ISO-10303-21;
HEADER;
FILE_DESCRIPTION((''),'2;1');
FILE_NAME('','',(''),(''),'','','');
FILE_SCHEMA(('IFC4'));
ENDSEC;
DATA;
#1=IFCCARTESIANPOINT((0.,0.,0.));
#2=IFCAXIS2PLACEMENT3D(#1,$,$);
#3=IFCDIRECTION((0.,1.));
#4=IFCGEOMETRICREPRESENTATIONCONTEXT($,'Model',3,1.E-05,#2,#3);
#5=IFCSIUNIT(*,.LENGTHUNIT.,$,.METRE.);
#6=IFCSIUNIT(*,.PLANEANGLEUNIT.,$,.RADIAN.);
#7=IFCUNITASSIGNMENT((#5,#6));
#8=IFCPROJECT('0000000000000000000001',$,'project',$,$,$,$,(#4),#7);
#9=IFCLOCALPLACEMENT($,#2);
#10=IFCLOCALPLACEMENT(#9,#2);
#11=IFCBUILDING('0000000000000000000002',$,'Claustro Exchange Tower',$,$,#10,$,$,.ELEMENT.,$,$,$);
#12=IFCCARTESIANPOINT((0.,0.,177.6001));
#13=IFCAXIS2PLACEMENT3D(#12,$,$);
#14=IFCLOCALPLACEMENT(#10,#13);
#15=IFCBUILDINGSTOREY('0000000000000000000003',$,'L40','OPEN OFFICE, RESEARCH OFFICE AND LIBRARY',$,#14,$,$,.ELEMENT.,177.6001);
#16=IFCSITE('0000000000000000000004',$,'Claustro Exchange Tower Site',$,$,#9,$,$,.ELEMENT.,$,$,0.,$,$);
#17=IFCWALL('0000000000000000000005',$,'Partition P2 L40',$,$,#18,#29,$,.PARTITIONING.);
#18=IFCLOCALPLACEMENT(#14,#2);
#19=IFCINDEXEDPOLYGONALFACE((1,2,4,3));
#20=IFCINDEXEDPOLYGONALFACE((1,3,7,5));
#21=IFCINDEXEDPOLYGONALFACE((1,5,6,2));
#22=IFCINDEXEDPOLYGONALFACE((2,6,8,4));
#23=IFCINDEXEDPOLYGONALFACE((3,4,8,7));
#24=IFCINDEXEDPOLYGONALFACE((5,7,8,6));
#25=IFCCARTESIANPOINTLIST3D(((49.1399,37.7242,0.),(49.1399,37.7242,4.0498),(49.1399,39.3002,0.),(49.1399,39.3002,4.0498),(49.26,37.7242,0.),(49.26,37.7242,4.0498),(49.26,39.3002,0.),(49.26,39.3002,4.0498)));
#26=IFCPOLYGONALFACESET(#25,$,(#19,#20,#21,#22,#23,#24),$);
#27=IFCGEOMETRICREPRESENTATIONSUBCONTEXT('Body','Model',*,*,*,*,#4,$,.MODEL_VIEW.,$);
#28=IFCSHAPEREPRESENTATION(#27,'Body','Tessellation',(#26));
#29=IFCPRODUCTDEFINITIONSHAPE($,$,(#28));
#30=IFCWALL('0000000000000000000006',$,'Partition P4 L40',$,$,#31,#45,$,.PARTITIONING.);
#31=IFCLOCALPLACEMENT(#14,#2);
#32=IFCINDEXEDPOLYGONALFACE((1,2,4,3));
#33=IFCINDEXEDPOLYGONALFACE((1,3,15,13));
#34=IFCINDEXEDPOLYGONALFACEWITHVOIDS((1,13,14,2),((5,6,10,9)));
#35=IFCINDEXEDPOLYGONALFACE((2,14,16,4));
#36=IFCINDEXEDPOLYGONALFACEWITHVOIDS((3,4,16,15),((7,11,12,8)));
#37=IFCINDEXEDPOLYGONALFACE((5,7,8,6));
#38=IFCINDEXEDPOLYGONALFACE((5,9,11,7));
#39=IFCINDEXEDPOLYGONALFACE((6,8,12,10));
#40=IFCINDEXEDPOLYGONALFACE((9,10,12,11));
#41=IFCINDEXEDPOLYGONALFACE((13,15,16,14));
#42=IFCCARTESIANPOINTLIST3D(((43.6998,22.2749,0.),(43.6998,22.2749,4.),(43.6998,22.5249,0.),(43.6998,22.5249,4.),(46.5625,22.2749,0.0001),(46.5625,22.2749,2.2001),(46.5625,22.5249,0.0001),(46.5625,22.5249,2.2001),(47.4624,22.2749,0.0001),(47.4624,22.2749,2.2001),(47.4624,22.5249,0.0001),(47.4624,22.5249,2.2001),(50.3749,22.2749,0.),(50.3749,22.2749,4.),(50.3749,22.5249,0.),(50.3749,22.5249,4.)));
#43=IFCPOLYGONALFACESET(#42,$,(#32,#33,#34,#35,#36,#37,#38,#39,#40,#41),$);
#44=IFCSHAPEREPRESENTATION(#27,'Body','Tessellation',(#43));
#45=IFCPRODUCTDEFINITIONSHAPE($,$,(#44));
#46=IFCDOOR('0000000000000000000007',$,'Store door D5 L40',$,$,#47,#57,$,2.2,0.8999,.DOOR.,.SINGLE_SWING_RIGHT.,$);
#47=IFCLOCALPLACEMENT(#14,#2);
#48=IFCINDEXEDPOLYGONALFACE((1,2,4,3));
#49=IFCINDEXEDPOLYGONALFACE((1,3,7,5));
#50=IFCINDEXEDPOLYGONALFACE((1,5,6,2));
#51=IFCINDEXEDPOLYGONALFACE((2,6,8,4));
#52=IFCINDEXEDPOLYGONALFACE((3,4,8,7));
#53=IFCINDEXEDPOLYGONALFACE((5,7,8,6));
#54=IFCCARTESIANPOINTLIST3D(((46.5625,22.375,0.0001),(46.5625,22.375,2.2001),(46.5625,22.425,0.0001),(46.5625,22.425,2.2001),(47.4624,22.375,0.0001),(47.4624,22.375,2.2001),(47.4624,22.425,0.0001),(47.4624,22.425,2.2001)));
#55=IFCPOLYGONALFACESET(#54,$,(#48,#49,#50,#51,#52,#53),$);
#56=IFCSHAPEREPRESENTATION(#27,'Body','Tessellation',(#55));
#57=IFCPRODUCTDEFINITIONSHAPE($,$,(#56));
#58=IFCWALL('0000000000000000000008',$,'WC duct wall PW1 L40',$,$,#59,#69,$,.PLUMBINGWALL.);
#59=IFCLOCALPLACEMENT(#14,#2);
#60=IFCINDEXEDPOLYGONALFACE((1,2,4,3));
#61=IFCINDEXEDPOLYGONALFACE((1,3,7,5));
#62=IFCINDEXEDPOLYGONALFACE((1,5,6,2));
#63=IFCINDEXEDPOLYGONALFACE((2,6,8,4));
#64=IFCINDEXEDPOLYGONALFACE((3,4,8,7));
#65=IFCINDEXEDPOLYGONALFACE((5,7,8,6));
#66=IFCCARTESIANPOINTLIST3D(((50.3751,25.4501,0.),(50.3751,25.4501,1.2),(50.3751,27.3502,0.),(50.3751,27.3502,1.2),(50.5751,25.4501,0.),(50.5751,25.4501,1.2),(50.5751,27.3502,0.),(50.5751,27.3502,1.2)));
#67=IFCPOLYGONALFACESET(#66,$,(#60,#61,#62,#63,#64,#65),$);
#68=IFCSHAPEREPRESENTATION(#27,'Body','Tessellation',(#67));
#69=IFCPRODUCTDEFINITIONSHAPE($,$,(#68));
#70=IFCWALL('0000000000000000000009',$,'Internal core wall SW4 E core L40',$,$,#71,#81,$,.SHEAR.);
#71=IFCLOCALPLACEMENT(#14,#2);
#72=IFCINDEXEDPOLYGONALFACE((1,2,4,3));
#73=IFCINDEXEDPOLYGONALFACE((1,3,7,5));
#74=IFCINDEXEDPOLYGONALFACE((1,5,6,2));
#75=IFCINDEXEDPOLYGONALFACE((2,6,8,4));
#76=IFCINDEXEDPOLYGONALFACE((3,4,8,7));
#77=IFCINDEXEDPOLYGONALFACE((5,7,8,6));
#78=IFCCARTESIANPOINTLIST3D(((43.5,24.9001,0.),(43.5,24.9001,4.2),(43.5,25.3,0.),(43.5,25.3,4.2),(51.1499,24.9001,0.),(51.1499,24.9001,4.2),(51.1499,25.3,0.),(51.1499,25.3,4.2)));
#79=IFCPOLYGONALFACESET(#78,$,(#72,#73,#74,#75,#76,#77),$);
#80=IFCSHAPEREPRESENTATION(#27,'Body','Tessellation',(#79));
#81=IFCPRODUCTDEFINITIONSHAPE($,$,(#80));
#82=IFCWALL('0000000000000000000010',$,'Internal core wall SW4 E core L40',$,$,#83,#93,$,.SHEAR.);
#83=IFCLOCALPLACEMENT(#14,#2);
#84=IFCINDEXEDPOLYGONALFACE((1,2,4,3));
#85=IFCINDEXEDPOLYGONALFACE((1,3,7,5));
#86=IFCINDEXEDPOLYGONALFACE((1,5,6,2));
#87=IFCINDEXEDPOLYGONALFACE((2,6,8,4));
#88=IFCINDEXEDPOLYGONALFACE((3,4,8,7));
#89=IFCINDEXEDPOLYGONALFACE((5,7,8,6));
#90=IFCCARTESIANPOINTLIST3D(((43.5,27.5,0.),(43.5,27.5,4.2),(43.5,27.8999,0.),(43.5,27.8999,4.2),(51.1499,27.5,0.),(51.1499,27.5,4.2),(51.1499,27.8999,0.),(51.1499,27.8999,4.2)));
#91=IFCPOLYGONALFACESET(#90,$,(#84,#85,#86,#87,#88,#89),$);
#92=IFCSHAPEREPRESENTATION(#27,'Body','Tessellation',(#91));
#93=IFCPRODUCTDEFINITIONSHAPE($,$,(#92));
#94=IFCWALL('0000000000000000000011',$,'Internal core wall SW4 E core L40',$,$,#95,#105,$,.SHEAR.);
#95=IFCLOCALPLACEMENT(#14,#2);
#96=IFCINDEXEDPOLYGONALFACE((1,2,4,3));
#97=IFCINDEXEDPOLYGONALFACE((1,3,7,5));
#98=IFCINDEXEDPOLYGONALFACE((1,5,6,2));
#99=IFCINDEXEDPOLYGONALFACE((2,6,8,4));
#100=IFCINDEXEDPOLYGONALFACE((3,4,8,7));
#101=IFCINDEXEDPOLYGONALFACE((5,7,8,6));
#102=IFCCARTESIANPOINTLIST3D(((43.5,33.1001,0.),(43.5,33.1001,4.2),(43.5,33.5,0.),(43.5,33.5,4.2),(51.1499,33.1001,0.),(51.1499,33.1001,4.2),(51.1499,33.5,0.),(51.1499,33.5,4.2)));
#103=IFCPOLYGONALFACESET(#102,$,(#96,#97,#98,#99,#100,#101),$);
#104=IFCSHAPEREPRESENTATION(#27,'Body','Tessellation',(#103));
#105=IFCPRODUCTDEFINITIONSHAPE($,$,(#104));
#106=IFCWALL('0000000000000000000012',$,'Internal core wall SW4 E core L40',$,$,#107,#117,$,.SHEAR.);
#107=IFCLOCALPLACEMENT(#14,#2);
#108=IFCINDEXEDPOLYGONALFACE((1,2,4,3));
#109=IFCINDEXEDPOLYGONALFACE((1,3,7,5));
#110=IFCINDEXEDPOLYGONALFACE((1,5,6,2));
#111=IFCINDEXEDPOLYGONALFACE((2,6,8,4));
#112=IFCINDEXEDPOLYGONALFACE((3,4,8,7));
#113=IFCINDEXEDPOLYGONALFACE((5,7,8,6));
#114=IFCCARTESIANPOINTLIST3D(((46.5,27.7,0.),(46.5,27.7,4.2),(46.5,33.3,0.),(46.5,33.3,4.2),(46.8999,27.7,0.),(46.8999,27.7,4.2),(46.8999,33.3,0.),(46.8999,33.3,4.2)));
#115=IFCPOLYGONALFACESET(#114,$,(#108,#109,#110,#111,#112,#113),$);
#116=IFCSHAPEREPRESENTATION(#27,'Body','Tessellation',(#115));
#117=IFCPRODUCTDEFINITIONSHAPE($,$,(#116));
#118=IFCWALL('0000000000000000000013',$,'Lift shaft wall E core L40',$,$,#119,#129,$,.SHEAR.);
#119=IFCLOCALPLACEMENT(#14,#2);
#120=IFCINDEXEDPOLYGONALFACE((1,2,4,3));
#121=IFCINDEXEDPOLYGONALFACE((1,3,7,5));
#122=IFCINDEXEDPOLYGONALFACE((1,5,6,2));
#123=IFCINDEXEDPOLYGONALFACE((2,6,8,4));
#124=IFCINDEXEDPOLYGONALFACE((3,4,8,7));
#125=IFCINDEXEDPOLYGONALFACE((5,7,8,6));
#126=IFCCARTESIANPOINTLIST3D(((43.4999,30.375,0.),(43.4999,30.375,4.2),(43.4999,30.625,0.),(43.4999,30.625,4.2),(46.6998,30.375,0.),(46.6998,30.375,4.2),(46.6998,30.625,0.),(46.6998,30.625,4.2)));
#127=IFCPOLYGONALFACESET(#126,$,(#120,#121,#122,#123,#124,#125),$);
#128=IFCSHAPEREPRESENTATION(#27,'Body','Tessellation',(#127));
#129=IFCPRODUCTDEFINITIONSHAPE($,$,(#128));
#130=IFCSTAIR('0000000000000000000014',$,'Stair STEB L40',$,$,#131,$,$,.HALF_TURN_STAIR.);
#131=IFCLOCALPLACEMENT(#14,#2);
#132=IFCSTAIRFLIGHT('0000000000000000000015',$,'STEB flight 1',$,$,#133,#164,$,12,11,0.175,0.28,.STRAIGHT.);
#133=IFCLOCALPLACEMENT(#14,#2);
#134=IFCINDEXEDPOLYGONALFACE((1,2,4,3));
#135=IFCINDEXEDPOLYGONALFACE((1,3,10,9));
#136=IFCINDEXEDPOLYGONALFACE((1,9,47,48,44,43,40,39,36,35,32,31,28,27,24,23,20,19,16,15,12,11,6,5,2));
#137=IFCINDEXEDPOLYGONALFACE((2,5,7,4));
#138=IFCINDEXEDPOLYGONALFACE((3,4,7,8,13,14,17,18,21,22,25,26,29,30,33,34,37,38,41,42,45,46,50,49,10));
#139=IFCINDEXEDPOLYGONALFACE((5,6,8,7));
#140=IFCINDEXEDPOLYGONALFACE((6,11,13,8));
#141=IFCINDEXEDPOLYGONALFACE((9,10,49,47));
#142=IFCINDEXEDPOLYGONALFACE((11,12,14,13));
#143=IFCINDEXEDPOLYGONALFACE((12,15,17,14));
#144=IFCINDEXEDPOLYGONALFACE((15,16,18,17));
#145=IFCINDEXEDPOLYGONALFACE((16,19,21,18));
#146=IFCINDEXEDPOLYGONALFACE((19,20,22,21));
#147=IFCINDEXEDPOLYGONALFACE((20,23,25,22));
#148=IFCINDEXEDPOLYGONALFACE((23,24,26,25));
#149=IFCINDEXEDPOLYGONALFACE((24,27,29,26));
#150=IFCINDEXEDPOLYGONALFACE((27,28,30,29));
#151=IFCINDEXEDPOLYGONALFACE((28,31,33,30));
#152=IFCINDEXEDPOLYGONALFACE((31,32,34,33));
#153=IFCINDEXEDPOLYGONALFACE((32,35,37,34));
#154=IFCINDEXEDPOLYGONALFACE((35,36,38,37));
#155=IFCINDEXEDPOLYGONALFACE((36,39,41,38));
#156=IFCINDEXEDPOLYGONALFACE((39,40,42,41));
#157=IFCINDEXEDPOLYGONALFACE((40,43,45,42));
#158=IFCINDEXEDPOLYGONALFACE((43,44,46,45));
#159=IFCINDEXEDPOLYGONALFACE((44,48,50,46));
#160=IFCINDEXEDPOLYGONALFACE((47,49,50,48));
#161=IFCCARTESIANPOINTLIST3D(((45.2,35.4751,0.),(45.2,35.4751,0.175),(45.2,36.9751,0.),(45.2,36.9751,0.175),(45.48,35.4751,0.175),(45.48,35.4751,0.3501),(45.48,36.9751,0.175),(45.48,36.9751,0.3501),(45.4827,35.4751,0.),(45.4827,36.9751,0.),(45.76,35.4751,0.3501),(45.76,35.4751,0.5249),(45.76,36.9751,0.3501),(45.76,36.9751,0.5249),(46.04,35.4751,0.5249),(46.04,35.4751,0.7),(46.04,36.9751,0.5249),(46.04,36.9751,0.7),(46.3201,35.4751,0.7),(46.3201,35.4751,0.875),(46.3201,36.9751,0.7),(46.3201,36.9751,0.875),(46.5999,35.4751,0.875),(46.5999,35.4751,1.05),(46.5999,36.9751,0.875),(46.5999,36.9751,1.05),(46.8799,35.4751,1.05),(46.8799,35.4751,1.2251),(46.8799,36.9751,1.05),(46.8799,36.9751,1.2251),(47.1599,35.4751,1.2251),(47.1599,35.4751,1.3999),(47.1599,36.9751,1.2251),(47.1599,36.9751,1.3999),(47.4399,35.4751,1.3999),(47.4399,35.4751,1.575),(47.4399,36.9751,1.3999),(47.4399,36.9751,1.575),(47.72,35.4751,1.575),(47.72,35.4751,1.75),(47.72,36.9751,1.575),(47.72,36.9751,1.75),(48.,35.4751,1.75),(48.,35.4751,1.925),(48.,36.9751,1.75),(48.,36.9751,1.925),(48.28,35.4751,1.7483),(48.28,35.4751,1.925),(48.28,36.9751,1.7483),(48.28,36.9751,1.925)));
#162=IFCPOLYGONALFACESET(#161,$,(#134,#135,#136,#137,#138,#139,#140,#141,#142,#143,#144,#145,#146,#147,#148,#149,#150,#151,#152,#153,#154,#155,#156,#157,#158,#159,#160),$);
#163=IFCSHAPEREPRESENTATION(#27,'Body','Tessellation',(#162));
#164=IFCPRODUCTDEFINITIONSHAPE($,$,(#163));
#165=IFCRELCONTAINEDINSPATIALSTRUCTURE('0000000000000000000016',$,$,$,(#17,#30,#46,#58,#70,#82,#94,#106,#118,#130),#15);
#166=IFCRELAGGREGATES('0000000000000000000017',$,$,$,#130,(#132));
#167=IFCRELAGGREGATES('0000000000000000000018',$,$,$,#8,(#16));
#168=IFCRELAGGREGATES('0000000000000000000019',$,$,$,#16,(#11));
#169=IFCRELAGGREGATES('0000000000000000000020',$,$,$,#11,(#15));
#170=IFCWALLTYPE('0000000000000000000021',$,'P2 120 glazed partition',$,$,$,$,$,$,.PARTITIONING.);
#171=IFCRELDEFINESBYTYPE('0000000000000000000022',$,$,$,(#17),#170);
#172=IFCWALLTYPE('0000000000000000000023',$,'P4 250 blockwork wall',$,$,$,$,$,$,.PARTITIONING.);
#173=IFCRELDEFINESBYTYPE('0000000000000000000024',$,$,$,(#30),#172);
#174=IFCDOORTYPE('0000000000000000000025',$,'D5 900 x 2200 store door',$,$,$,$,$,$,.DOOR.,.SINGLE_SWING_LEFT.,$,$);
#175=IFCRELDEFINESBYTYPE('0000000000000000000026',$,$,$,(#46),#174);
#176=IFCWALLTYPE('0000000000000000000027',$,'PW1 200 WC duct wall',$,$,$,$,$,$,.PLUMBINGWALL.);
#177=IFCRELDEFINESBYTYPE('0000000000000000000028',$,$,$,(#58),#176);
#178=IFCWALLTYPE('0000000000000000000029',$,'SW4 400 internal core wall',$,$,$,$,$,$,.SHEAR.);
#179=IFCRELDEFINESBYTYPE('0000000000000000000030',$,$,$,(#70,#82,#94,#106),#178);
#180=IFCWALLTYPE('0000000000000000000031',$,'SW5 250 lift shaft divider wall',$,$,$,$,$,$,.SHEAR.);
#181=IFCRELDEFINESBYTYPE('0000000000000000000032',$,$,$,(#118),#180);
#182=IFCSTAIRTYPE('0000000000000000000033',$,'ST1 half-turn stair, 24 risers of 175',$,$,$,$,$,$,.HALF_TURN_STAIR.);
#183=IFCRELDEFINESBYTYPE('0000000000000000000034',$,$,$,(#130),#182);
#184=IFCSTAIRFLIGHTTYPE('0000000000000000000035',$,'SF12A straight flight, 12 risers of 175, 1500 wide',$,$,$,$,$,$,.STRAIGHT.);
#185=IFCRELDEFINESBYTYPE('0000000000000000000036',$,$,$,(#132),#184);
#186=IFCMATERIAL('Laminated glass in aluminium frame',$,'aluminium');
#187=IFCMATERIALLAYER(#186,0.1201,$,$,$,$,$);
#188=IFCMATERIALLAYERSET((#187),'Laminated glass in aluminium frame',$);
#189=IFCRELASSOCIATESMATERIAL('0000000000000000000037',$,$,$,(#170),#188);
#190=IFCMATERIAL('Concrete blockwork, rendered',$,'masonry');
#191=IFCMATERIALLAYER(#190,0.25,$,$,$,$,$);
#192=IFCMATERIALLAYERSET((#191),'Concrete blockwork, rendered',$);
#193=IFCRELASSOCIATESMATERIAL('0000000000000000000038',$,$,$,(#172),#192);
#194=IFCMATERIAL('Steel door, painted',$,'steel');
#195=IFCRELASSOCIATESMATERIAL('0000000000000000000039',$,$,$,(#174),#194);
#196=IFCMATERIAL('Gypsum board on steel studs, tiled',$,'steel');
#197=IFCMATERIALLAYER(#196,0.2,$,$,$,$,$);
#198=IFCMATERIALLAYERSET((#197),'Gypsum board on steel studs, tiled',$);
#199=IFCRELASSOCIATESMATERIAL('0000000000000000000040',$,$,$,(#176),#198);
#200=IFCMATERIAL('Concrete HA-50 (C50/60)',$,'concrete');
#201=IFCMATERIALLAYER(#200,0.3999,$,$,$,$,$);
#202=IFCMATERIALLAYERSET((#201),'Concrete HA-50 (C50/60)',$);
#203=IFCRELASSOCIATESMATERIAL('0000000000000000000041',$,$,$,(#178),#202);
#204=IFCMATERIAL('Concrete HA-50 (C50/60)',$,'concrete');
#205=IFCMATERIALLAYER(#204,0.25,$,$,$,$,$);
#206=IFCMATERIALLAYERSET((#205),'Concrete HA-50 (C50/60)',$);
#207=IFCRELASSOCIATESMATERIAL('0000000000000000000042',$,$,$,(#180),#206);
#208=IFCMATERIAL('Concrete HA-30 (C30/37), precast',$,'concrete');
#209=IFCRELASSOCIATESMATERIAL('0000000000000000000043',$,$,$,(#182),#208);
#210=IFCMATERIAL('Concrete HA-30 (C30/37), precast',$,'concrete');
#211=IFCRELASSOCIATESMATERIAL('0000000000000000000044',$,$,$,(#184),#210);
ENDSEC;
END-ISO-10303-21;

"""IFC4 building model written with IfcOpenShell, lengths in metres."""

from ifc_helpers import new_model, si_unit, direction, frame, frame_2d, origin, place, context, subcontext, project, spatial, polyline, rectangle, outline, extrude, material, layer, layer_set, type_object, element, fill, aggregate, save


model = new_model("IFC4")

# Units and contexts
model_context = context("Model", 3, precision=1e-05, world=origin(), true_north=direction((0.0, 1.0)))
body_context = subcontext(model_context, "Body", "Model", "MODEL_VIEW")
ifc_project = project(units=[si_unit("LENGTHUNIT", "METRE"), si_unit("PLANEANGLEUNIT", "RADIAN")], contexts=[model_context])

# Site, building, storey
site_placement = place(None, origin())
site = spatial("IfcSite", under=ifc_project, at=site_placement, Name="Claustro Exchange Tower Site", CompositionType="ELEMENT", RefElevation=0.0)
building_placement = place(site_placement, origin())
building = spatial("IfcBuilding", under=site, at=building_placement, Name="Claustro Exchange Tower", CompositionType="ELEMENT")
storey_placement = place(building_placement, frame((0.0, 0.0, 177.6001)))
storey = spatial("IfcBuildingStorey", under=building, at=storey_placement, Name="L40", Description="OPEN OFFICE, RESEARCH OFFICE AND LIBRARY", CompositionType="ELEMENT", Elevation=177.6001)

# Shared definitions
ifc_material_1 = material(Name="Laminated glass in aluminium frame", Category="aluminium")
ifc_layer_1 = layer(ifc_material_1, 0.1201)
ifc_layer_set_1 = layer_set([ifc_layer_1], Name="Laminated glass in aluminium frame")
wall_type_1 = type_object("IfcWallType", Name="P2 120 glazed partition", PredefinedType="PARTITIONING", material=ifc_layer_set_1)

# Wall
wall_1_placement = place(storey_placement, frame((49.2, 37.7241, 0.0), z_axis=(0.0, 0.0, 1.0), x_axis=(0.0, 1.0, 0.0)))
element("IfcWall", 1, at=wall_1_placement, inside=storey, type_object=wall_type_1, Name="Partition P2 L40", PredefinedType="PARTITIONING", context=body_context, shape_type="SweptSolid", body=[
    extrude(rectangle(XDim=1.5759, YDim=0.1201, at=frame_2d((0.7881, 0.0))), origin(), (0.0, 0.0, 1.0), 4.0498),
])

# Wall, opening, door
ifc_material_2 = material(Name="Concrete blockwork, rendered", Category="masonry")
ifc_layer_2 = layer(ifc_material_2, 0.25)
ifc_layer_set_2 = layer_set([ifc_layer_2], Name="Concrete blockwork, rendered")
wall_type_2 = type_object("IfcWallType", Name="P4 250 blockwork wall", PredefinedType="PARTITIONING", material=ifc_layer_set_2)
wall_2_placement = place(storey_placement, frame((43.7, 22.3999, 0.0), z_axis=(0.0, 0.0, 1.0), x_axis=(1.0, 0.0, 0.0)))
wall_2 = element("IfcWall", 2, at=wall_2_placement, inside=storey, type_object=wall_type_2, Name="Partition P4 L40", PredefinedType="PARTITIONING", context=body_context, shape_type="SweptSolid", body=[
    extrude(rectangle(XDim=6.675, YDim=0.25, at=frame_2d((3.3374, 0.0))), origin(), (0.0, 0.0, 1.0), 4.0),
])
opening_1_placement = place(wall_2_placement, frame((2.8625, 0.0, 0.0)))
opening_1 = element("IfcOpeningElement", 3, at=opening_1_placement, cuts=wall_2, PredefinedType="OPENING", context=body_context, shape_type="SweptSolid", body=[
    extrude(rectangle(XDim=0.8999, YDim=2.2, at=frame_2d((0.45, 1.1001))), frame((0.0, 0.135, 0.0), z_axis=(0.0, -1.0, 0.0), x_axis=(1.0, 0.0, 0.0)), (0.0, 0.0, 1.0), 0.27),
])
ifc_material_3 = material(Name="Steel door, painted", Category="steel")
door_type_1 = type_object("IfcDoorType", Name="D5 900 x 2200 store door", OperationType="SINGLE_SWING_LEFT", PredefinedType="DOOR", material=ifc_material_3)
door_1_placement = place(opening_1_placement, frame((0.8999, 0.0, 0.0), z_axis=(0.0, 0.0, 1.0), x_axis=(-1.0, 0.0, 0.0)))
door_1 = element("IfcDoor", 4, at=door_1_placement, inside=storey, type_object=door_type_1, Name="Store door D5 L40", OperationType="SINGLE_SWING_RIGHT", OverallHeight=2.2, OverallWidth=0.8999, PredefinedType="DOOR", context=body_context, shape_type="SweptSolid", body=[
    extrude(rectangle(XDim=0.8999, YDim=2.2, at=frame_2d((0.45, 1.1001))), frame((0.0, 0.0249, 0.0), z_axis=(0.0, -1.0, 0.0), x_axis=(1.0, 0.0, 0.0)), (0.0, 0.0, 1.0), 0.05),
])
fill(opening_1, door_1)

# Walls
ifc_material_4 = material(Name="Gypsum board on steel studs, tiled", Category="steel")
ifc_layer_3 = layer(ifc_material_4, 0.2)
ifc_layer_set_3 = layer_set([ifc_layer_3], Name="Gypsum board on steel studs, tiled")
wall_type_3 = type_object("IfcWallType", Name="PW1 200 WC duct wall", PredefinedType="PLUMBINGWALL", material=ifc_layer_set_3)
wall_3_placement = place(storey_placement, frame((50.4751, 25.45, 0.0), z_axis=(0.0, 0.0, 1.0), x_axis=(0.0, 1.0, 0.0)))
element("IfcWall", 5, at=wall_3_placement, inside=storey, type_object=wall_type_3, Name="WC duct wall PW1 L40", PredefinedType="PLUMBINGWALL", context=body_context, shape_type="SweptSolid", body=[
    extrude(rectangle(XDim=1.9001, YDim=0.2, at=frame_2d((0.9502, 0.0))), origin(), (0.0, 0.0, 1.0), 1.2),
])
ifc_material_5 = material(Name="Concrete HA-50 (C50/60)", Category="concrete")
ifc_layer_4 = layer(ifc_material_5, 0.3999)
ifc_layer_set_4 = layer_set([ifc_layer_4], Name="Concrete HA-50 (C50/60)")
wall_type_4 = type_object("IfcWallType", Name="SW4 400 internal core wall", PredefinedType="SHEAR", material=ifc_layer_set_4)
for number, where, z_axis, x_axis, name in (
    (6, (51.1499, 25.1001, 0.0), (0.0, 0.0, 1.0), (-1.0, 0.0, 0.0), "Internal core wall SW4 E core L40"),
    (7, (51.1499, 27.7, 0.0), (0.0, 0.0, 1.0), (-1.0, 0.0, 0.0), "Internal core wall SW4 E core L40"),
    (8, (51.1499, 33.3, 0.0), (0.0, 0.0, 1.0), (-1.0, 0.0, 0.0), "Internal core wall SW4 E core L40"),
):
    element("IfcWall", number, at=place(storey_placement, frame(where, z_axis=z_axis, x_axis=x_axis)), inside=storey, type_object=wall_type_4, Name=name, PredefinedType="SHEAR", context=body_context, shape_type="SweptSolid", body=[
        extrude(rectangle(XDim=7.6499, YDim=0.3999, at=frame_2d((3.825, 0.0))), origin(), (0.0, 0.0, 1.0), 4.2),
    ])
wall_4_placement = place(storey_placement, frame((46.7, 27.7, 0.0), z_axis=(0.0, 0.0, 1.0), x_axis=(0.0, 1.0, 0.0)))
element("IfcWall", 9, at=wall_4_placement, inside=storey, type_object=wall_type_4, Name="Internal core wall SW4 E core L40", PredefinedType="SHEAR", context=body_context, shape_type="SweptSolid", body=[
    extrude(rectangle(XDim=5.6001, YDim=0.3999, at=frame_2d((2.8, 0.0))), origin(), (0.0, 0.0, 1.0), 4.2),
])
ifc_material_6 = material(Name="Concrete HA-50 (C50/60)", Category="concrete")
ifc_layer_5 = layer(ifc_material_6, 0.25)
ifc_layer_set_5 = layer_set([ifc_layer_5], Name="Concrete HA-50 (C50/60)")
wall_type_5 = type_object("IfcWallType", Name="SW5 250 lift shaft divider wall", PredefinedType="SHEAR", material=ifc_layer_set_5)
wall_5_placement = place(storey_placement, frame((46.7, 30.5, 0.0), z_axis=(0.0, 0.0, 1.0), x_axis=(-1.0, 0.0, 0.0)))
element("IfcWall", 10, at=wall_5_placement, inside=storey, type_object=wall_type_5, Name="Lift shaft wall E core L40", PredefinedType="SHEAR", context=body_context, shape_type="SweptSolid", body=[
    extrude(rectangle(XDim=3.2, YDim=0.25, at=frame_2d((1.6001, 0.0))), origin(), (0.0, 0.0, 1.0), 4.2),
])

# Stair, stair flight
ifc_material_7 = material(Name="Concrete HA-30 (C30/37), precast", Category="concrete")
stair_type = type_object("IfcStairType", Name="ST1 half-turn stair, 24 risers of 175", PredefinedType="HALF_TURN_STAIR", material=ifc_material_7)
stair_placement = place(storey_placement, origin())
stair = element("IfcStair", 11, at=stair_placement, inside=storey, type_object=stair_type, Name="Stair STEB L40", PredefinedType="HALF_TURN_STAIR")
ifc_material_8 = material(Name="Concrete HA-30 (C30/37), precast", Category="concrete")
stair_flight_type = type_object("IfcStairFlightType", Name="SF12A straight flight, 12 risers of 175, 1500 wide", PredefinedType="STRAIGHT", material=ifc_material_8)
stair_flight_1_placement = place(storey_placement, frame((45.2, 36.2251, 0.0), z_axis=(0.0, 0.0, 1.0), x_axis=(1.0, 0.0, 0.0)))
stair_flight_1 = element("IfcStairFlight", 12, at=stair_flight_1_placement, type_object=stair_flight_type, Name="STEB flight 1", NumberOfRisers=12, NumberOfTreads=11, PredefinedType="STRAIGHT", RiserHeight=0.175, TreadLength=0.28, context=body_context, shape_type="SweptSolid", body=[
    extrude(outline(polyline([(0.0, 0.0), (0.0, 0.175), (0.28, 0.175), (0.28, 0.3501), (0.5601, 0.3501), (0.5601, 0.5249), (0.8401, 0.5249), (0.8401, 0.7), (1.1201, 0.7), (1.1201, 0.875), (1.3999, 0.875), (1.3999, 1.05), (1.6799, 1.05), (1.6799, 1.2251), (1.96, 1.2251), (1.96, 1.3999), (2.24, 1.3999), (2.24, 1.575), (2.52, 1.575), (2.52, 1.75), (2.8, 1.75), (2.8, 1.925), (3.0801, 1.925), (3.0801, 2.1001), (3.0801, 1.7483), (0.2827, 0.0), (0.0, 0.0)])), frame((0.0, 0.75, 0.0), z_axis=(0.0, -1.0, 0.0), x_axis=(1.0, 0.0, 0.0)), (0.0, 0.0, 1.0), 1.5),
])
aggregate(stair, [stair_flight_1])

save(model, "model.ifc")
